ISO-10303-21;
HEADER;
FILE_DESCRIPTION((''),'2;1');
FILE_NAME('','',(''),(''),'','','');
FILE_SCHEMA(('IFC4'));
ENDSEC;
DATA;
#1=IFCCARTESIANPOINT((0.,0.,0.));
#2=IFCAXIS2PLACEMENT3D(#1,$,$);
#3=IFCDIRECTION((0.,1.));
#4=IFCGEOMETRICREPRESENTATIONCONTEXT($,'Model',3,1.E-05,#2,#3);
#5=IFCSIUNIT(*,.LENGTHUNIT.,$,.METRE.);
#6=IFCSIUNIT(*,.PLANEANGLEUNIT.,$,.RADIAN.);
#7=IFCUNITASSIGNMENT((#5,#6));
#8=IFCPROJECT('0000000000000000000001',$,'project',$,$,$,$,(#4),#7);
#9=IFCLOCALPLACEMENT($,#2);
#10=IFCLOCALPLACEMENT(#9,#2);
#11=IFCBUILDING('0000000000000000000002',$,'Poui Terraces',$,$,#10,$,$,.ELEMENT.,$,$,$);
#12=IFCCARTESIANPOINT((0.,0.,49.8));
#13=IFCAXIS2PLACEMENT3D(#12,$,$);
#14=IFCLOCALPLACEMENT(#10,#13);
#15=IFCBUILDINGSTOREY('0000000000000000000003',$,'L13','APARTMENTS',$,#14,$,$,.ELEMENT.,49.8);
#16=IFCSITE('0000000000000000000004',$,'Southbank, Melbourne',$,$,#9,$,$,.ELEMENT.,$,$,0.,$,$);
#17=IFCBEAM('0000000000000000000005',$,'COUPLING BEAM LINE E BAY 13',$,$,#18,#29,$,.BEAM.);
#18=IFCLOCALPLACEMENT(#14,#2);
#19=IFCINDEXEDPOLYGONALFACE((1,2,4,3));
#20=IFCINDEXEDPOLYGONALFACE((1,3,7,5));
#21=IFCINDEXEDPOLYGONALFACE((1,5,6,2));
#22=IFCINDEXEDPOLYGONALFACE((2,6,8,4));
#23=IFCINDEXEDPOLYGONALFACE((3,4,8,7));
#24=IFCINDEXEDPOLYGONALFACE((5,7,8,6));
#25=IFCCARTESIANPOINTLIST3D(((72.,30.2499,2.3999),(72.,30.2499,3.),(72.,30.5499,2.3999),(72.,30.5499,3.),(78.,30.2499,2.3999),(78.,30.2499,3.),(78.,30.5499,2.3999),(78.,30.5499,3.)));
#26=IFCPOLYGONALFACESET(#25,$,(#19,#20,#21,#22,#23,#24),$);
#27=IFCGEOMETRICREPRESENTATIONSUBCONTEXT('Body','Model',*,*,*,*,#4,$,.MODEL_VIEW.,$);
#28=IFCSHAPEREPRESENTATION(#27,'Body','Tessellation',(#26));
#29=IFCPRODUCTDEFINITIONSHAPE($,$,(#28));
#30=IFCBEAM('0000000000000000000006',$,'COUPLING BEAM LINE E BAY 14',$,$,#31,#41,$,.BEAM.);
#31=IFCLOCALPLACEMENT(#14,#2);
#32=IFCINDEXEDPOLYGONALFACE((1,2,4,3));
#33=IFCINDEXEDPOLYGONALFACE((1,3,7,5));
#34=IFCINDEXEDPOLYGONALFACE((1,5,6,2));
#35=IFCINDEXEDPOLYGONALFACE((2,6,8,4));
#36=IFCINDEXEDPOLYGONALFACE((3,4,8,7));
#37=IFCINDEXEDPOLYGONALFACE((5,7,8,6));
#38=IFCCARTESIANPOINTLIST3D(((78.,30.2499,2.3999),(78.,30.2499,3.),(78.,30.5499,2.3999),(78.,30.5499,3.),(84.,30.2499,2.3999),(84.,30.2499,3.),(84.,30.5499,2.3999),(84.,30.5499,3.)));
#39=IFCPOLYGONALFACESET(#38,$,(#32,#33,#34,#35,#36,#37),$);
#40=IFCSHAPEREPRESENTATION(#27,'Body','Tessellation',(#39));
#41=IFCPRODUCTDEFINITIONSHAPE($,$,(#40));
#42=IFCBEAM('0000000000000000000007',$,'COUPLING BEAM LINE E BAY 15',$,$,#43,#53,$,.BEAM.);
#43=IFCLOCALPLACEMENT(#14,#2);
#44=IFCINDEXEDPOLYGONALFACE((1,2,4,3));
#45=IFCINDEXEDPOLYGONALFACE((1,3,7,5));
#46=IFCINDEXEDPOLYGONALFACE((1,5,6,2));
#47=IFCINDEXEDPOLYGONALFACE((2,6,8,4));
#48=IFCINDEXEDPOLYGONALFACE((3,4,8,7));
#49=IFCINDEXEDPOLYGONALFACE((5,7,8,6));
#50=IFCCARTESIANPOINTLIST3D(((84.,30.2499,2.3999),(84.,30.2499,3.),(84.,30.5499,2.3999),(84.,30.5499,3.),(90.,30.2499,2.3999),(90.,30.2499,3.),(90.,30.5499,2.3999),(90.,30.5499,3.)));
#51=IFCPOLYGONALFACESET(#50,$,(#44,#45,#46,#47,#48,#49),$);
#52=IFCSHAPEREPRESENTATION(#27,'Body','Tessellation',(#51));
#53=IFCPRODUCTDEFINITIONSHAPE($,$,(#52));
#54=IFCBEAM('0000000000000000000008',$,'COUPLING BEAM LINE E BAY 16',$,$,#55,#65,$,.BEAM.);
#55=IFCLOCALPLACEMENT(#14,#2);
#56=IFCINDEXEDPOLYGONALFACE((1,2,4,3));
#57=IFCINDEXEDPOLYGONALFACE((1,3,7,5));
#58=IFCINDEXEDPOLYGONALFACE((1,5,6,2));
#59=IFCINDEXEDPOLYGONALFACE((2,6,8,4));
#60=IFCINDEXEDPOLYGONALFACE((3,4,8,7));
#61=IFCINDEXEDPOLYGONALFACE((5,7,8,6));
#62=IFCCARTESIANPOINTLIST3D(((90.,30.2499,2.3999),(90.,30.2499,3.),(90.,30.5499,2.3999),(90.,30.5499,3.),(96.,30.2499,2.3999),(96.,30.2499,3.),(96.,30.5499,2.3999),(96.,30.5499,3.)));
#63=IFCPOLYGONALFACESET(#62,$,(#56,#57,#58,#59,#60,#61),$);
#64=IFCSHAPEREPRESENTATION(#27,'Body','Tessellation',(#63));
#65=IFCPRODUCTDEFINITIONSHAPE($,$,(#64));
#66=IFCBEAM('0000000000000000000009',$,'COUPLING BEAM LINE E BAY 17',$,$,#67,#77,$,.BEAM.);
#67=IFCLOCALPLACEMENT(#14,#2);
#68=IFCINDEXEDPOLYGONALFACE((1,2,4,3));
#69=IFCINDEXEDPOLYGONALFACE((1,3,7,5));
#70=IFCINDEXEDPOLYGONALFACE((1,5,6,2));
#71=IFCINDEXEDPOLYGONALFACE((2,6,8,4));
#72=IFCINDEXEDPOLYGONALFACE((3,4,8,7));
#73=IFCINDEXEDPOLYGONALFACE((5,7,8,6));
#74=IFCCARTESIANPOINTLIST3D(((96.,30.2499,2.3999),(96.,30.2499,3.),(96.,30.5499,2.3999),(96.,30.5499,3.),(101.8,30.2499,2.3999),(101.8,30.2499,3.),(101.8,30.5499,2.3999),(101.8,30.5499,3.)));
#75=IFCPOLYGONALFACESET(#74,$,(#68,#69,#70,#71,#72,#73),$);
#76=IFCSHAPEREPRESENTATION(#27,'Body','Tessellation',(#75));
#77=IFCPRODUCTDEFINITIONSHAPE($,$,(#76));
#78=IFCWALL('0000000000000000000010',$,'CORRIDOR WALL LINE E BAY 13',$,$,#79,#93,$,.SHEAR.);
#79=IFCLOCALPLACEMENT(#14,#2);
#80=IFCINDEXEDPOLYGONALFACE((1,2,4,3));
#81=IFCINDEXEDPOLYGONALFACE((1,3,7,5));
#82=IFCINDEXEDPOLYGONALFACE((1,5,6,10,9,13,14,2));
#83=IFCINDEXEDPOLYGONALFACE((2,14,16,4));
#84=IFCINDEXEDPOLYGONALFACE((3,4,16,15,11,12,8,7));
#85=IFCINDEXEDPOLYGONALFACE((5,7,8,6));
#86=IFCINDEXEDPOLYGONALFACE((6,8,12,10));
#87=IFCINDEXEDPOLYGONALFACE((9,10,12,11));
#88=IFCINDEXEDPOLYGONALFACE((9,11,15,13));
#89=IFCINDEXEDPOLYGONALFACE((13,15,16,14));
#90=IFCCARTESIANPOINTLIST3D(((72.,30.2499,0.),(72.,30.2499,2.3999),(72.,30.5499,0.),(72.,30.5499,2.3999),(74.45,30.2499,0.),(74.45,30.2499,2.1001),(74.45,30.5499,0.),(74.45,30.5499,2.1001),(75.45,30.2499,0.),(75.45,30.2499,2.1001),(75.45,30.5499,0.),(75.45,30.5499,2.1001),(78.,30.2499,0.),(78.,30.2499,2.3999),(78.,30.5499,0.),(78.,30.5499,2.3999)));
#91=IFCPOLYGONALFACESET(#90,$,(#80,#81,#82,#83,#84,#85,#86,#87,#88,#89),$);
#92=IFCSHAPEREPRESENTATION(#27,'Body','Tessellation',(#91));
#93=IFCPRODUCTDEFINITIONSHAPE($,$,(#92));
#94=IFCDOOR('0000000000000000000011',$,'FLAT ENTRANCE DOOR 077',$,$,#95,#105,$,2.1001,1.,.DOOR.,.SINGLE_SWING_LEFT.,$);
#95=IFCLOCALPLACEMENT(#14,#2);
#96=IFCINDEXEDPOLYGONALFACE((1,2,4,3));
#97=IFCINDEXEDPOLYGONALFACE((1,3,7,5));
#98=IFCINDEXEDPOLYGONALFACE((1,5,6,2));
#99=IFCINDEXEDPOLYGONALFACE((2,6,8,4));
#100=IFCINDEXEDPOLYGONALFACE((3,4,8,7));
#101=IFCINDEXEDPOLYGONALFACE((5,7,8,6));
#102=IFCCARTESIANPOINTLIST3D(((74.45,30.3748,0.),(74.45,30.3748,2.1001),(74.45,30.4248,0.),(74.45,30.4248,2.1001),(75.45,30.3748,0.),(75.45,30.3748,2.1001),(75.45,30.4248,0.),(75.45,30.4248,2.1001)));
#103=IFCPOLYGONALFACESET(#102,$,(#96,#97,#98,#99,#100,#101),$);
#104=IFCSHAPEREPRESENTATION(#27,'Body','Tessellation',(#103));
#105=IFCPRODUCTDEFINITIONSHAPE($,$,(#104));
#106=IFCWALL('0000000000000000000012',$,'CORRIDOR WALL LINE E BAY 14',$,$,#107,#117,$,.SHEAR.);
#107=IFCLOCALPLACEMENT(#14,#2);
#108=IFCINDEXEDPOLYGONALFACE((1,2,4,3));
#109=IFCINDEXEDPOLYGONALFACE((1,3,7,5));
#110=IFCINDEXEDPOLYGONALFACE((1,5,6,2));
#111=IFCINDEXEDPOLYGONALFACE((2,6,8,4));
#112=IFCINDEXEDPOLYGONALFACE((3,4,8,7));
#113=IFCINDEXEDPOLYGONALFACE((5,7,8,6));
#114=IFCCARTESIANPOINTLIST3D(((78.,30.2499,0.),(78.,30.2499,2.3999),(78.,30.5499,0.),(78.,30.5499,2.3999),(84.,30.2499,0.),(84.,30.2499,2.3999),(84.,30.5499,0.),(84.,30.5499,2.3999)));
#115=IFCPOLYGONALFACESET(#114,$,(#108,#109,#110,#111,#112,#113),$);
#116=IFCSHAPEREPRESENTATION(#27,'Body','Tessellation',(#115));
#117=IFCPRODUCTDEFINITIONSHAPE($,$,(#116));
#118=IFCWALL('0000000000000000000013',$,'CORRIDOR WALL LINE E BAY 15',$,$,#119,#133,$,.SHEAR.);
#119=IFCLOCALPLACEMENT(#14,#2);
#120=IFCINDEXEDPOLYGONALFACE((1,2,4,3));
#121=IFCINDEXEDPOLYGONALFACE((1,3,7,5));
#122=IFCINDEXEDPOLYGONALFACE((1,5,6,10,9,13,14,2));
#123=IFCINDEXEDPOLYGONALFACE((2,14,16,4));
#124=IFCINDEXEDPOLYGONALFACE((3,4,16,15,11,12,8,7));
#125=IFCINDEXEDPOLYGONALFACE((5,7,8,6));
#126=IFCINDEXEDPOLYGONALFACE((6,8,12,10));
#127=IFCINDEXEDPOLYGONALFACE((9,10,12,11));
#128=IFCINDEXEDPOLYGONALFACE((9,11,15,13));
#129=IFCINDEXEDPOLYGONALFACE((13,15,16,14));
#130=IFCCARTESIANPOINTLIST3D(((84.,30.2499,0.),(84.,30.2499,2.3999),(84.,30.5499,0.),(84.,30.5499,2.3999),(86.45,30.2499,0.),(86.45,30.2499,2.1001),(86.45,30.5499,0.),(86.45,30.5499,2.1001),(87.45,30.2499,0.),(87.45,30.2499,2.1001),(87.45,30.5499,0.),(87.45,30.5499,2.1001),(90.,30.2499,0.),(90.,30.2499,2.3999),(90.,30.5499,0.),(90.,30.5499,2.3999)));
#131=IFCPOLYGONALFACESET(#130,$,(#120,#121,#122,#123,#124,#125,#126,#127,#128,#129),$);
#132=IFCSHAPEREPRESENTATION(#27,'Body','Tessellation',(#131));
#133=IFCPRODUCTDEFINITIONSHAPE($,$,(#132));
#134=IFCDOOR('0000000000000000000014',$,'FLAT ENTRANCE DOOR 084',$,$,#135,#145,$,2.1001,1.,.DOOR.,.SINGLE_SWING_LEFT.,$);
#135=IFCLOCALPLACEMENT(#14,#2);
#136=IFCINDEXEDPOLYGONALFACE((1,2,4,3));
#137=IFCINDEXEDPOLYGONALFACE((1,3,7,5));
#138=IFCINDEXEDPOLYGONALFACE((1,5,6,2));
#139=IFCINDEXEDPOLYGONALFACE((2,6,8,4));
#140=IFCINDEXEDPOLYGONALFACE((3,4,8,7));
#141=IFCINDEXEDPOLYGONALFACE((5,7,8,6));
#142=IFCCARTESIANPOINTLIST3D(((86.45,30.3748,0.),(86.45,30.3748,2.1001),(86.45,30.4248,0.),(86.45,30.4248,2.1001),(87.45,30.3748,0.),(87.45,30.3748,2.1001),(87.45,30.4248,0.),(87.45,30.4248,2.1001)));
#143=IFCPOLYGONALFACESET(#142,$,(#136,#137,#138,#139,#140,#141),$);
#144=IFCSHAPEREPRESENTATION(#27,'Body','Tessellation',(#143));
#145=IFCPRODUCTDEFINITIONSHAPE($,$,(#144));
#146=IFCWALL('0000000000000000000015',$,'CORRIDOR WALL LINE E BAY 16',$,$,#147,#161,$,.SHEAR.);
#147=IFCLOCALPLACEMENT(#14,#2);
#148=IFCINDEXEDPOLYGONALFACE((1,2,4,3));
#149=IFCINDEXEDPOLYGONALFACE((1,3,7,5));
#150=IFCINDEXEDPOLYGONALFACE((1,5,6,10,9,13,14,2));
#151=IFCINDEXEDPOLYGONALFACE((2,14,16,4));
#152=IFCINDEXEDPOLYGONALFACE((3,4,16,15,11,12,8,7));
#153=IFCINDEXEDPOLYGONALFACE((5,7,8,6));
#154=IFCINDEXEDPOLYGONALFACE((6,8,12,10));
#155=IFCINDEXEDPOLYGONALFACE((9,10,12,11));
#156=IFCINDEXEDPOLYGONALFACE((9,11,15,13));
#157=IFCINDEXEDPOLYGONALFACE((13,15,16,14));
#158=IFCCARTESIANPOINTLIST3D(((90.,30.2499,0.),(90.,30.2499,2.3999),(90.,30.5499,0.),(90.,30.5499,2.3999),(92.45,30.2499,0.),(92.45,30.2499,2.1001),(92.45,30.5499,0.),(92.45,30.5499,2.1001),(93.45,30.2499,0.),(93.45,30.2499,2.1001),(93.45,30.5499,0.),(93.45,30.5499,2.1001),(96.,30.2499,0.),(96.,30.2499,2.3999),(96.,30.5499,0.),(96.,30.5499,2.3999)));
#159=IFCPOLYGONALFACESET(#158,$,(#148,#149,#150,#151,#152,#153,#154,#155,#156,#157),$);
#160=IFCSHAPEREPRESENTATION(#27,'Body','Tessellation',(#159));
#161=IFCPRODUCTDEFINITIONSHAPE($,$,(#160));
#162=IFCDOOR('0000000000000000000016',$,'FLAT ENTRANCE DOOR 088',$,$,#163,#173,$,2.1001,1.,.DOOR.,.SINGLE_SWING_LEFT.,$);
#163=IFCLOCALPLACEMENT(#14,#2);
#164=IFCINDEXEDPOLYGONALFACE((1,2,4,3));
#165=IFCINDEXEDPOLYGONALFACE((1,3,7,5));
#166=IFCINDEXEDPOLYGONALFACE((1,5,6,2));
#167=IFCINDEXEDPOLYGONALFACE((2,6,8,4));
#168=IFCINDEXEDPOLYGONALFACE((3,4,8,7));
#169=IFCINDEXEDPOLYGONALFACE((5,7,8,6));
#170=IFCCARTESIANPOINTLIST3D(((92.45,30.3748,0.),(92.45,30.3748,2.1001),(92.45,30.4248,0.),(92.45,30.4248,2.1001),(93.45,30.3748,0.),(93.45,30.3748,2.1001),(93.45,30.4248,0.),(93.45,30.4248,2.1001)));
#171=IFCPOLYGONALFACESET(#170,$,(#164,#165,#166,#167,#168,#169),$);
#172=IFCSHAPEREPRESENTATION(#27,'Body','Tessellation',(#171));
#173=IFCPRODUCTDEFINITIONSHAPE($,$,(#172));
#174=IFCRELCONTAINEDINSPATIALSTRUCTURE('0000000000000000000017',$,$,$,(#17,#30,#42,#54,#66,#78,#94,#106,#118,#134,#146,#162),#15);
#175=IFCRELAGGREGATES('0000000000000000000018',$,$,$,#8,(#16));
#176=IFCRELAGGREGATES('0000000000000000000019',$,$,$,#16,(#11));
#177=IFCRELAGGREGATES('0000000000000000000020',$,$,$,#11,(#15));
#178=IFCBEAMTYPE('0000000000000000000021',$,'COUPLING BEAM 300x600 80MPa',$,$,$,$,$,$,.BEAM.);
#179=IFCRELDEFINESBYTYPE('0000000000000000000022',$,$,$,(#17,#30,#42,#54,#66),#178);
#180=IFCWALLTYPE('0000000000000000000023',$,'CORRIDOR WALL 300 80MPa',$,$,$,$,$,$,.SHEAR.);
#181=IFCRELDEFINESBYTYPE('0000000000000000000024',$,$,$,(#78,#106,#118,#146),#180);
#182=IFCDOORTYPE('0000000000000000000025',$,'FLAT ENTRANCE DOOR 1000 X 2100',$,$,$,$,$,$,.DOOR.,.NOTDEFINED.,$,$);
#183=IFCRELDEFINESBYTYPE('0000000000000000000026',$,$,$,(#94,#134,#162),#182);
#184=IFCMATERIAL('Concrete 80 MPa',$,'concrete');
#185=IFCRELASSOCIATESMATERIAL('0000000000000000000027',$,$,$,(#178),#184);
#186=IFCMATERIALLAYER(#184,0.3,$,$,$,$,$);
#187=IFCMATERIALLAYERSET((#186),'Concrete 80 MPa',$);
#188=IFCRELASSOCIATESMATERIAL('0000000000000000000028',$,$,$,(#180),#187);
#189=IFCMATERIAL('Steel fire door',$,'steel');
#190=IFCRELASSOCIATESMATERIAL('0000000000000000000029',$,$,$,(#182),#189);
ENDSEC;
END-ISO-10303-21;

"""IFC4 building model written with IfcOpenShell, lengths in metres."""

from ifc_helpers import new_model, si_unit, direction, frame, frame_2d, origin, origin_2d, place, context, subcontext, project, spatial, rectangle, extrude, source, transform, mapped, material, layer, layer_set, material_profile, profile_set, type_object, element, fill, save


model = new_model("IFC4")

# Units and contexts
model_context = context("Model", 3, precision=1e-05, world=origin(), true_north=direction((0.0, 1.0)))
body_context = subcontext(model_context, "Body", "Model", "MODEL_VIEW")
ifc_project = project(units=[si_unit("LENGTHUNIT", "METRE"), si_unit("PLANEANGLEUNIT", "RADIAN")], contexts=[model_context])

# Site, building, storey
site_placement = place(None, origin())
site = spatial("IfcSite", under=ifc_project, at=site_placement, Name="Southbank, Melbourne", CompositionType="ELEMENT", RefElevation=0.0)
building_placement = place(site_placement, origin())
building = spatial("IfcBuilding", under=site, at=building_placement, Name="Poui Terraces", CompositionType="ELEMENT")
storey_placement = place(building_placement, frame((0.0, 0.0, 49.8)))
storey = spatial("IfcBuildingStorey", under=building, at=storey_placement, Name="L13", Description="APARTMENTS", CompositionType="ELEMENT", Elevation=49.8)

# Beams
ifc_material_1 = material(Name="Concrete 80 MPa", Category="concrete")
ifc_material_profile = material_profile(ifc_material_1, rectangle(XDim=0.3, YDim=0.6001, at=origin_2d()), Name="RC 300x600")
ifc_profile_set = profile_set([ifc_material_profile], Name="Concrete 80 MPa")
beam_type = type_object("IfcBeamType", Name="COUPLING BEAM 300x600 80MPa", PredefinedType="BEAM", material=ifc_profile_set)
shared_shape_1 = source(origin(), body_context, "Body", "SweptSolid", [
    extrude(rectangle(XDim=0.3, YDim=0.6001, at=origin_2d()), origin(), (0.0, 0.0, 1.0), 6.0),
])
for number, where, z_axis, x_axis, name in (
    (1, (72.0, 30.3999, 2.7), (1.0, 0.0, 0.0), (0.0, 1.0, 0.0), "COUPLING BEAM LINE E BAY 13"),
    (2, (78.0, 30.3999, 2.7), (1.0, 0.0, 0.0), (0.0, 1.0, 0.0), "COUPLING BEAM LINE E BAY 14"),
    (3, (84.0, 30.3999, 2.7), (1.0, 0.0, 0.0), (0.0, 1.0, 0.0), "COUPLING BEAM LINE E BAY 15"),
    (4, (90.0, 30.3999, 2.7), (1.0, 0.0, 0.0), (0.0, 1.0, 0.0), "COUPLING BEAM LINE E BAY 16"),
):
    element("IfcBeam", number, at=place(storey_placement, frame(where, z_axis=z_axis, x_axis=x_axis)), inside=storey, type_object=beam_type, Name=name, PredefinedType="BEAM", context=body_context, shape_type="MappedRepresentation", body=[
        mapped(shared_shape_1, transform((0.0, 0.0, 0.0))),
    ])
shared_shape_2 = source(origin(), body_context, "Body", "SweptSolid", [
    extrude(rectangle(XDim=0.3, YDim=0.6001, at=origin_2d()), origin(), (0.0, 0.0, 1.0), 5.8),
])
beam_placement = place(storey_placement, frame((96.0, 30.3999, 2.7), z_axis=(1.0, 0.0, 0.0), x_axis=(0.0, 1.0, 0.0)))
element("IfcBeam", 5, at=beam_placement, inside=storey, type_object=beam_type, Name="COUPLING BEAM LINE E BAY 17", PredefinedType="BEAM", context=body_context, shape_type="MappedRepresentation", body=[
    mapped(shared_shape_2, transform((0.0, 0.0, 0.0))),
])

# Wall, opening, door
ifc_layer_1 = layer(ifc_material_1, 0.3)
ifc_layer_set_1 = layer_set([ifc_layer_1], Name="Concrete 80 MPa")
wall_type_1 = type_object("IfcWallType", Name="CORRIDOR WALL 300 80MPa", PredefinedType="SHEAR", material=ifc_layer_set_1)
wall_1_placement = place(storey_placement, frame((72.0, 30.3999, 0.0), z_axis=(0.0, 0.0, 1.0), x_axis=(1.0, 0.0, 0.0)))
wall_1 = element("IfcWall", 6, at=wall_1_placement, inside=storey, type_object=wall_type_1, Name="CORRIDOR WALL LINE E BAY 13", PredefinedType="SHEAR", context=body_context, shape_type="SweptSolid", body=[
    extrude(rectangle(XDim=6.0, YDim=0.3, at=frame_2d((3.0, 0.0))), origin(), (0.0, 0.0, 1.0), 2.3999),
])
opening_1_placement = place(wall_1_placement, frame((2.45, 0.0, 0.0)))
opening_1 = element("IfcOpeningElement", 7, at=opening_1_placement, cuts=wall_1, PredefinedType="OPENING", context=body_context, shape_type="SweptSolid", body=[
    extrude(rectangle(XDim=1.0, YDim=2.1001, at=frame_2d((0.5, 1.05))), frame((0.0, 0.1602, 0.0), z_axis=(0.0, -1.0, 0.0), x_axis=(1.0, 0.0, 0.0)), (0.0, 0.0, 1.0), 0.3201),
])
ifc_material_2 = material(Name="Steel fire door", Category="steel")
door_type_1 = type_object("IfcDoorType", Name="FLAT ENTRANCE DOOR 1000 X 2100", OperationType="NOTDEFINED", PredefinedType="DOOR", material=ifc_material_2)
door_1_placement = place(opening_1_placement, origin())
door_1 = element("IfcDoor", 8, at=door_1_placement, inside=storey, type_object=door_type_1, Name="FLAT ENTRANCE DOOR 077", OperationType="SINGLE_SWING_LEFT", OverallHeight=2.1001, OverallWidth=1.0, PredefinedType="DOOR", context=body_context, shape_type="SweptSolid", body=[
    extrude(rectangle(XDim=1.0, YDim=2.1001, at=frame_2d((0.5, 1.05))), frame((0.0, 0.0249, 0.0), z_axis=(0.0, -1.0, 0.0), x_axis=(1.0, 0.0, 0.0)), (0.0, 0.0, 1.0), 0.05),
])
fill(opening_1, door_1)

# Wall
wall_2_placement = place(storey_placement, frame((78.0, 30.3999, 0.0), z_axis=(0.0, 0.0, 1.0), x_axis=(1.0, 0.0, 0.0)))
element("IfcWall", 9, at=wall_2_placement, inside=storey, type_object=wall_type_1, Name="CORRIDOR WALL LINE E BAY 14", PredefinedType="SHEAR", context=body_context, shape_type="SweptSolid", body=[
    extrude(rectangle(XDim=6.0, YDim=0.3, at=frame_2d((3.0, 0.0))), origin(), (0.0, 0.0, 1.0), 2.3999),
])

# Walls, openings, doors
wall_3_placement = place(storey_placement, frame((84.0, 30.3999, 0.0), z_axis=(0.0, 0.0, 1.0), x_axis=(1.0, 0.0, 0.0)))
wall_3 = element("IfcWall", 10, at=wall_3_placement, inside=storey, type_object=wall_type_1, Name="CORRIDOR WALL LINE E BAY 15", PredefinedType="SHEAR", context=body_context, shape_type="SweptSolid", body=[
    extrude(rectangle(XDim=6.0, YDim=0.3, at=frame_2d((3.0, 0.0))), origin(), (0.0, 0.0, 1.0), 2.3999),
])
opening_2_placement = place(wall_3_placement, frame((2.45, 0.0, 0.0)))
opening_2 = element("IfcOpeningElement", 11, at=opening_2_placement, cuts=wall_3, PredefinedType="OPENING", context=body_context, shape_type="SweptSolid", body=[
    extrude(rectangle(XDim=1.0, YDim=2.1001, at=frame_2d((0.5, 1.05))), frame((0.0, 0.1602, 0.0), z_axis=(0.0, -1.0, 0.0), x_axis=(1.0, 0.0, 0.0)), (0.0, 0.0, 1.0), 0.3201),
])
door_2_placement = place(opening_2_placement, origin())
door_2 = element("IfcDoor", 12, at=door_2_placement, inside=storey, type_object=door_type_1, Name="FLAT ENTRANCE DOOR 084", OperationType="SINGLE_SWING_LEFT", OverallHeight=2.1001, OverallWidth=1.0, PredefinedType="DOOR", context=body_context, shape_type="SweptSolid", body=[
    extrude(rectangle(XDim=1.0, YDim=2.1001, at=frame_2d((0.5, 1.05))), frame((0.0, 0.0249, 0.0), z_axis=(0.0, -1.0, 0.0), x_axis=(1.0, 0.0, 0.0)), (0.0, 0.0, 1.0), 0.05),
])
fill(opening_2, door_2)
wall_4_placement = place(storey_placement, frame((90.0, 30.3999, 0.0), z_axis=(0.0, 0.0, 1.0), x_axis=(1.0, 0.0, 0.0)))
wall_4 = element("IfcWall", 13, at=wall_4_placement, inside=storey, type_object=wall_type_1, Name="CORRIDOR WALL LINE E BAY 16", PredefinedType="SHEAR", context=body_context, shape_type="SweptSolid", body=[
    extrude(rectangle(XDim=6.0, YDim=0.3, at=frame_2d((3.0, 0.0))), origin(), (0.0, 0.0, 1.0), 2.3999),
])
opening_3_placement = place(wall_4_placement, frame((2.45, 0.0, 0.0)))
opening_3 = element("IfcOpeningElement", 14, at=opening_3_placement, cuts=wall_4, PredefinedType="OPENING", context=body_context, shape_type="SweptSolid", body=[
    extrude(rectangle(XDim=1.0, YDim=2.1001, at=frame_2d((0.5, 1.05))), frame((0.0, 0.1602, 0.0), z_axis=(0.0, -1.0, 0.0), x_axis=(1.0, 0.0, 0.0)), (0.0, 0.0, 1.0), 0.3201),
])
door_3_placement = place(opening_3_placement, origin())
door_3 = element("IfcDoor", 15, at=door_3_placement, inside=storey, type_object=door_type_1, Name="FLAT ENTRANCE DOOR 088", OperationType="SINGLE_SWING_LEFT", OverallHeight=2.1001, OverallWidth=1.0, PredefinedType="DOOR", context=body_context, shape_type="SweptSolid", body=[
    extrude(rectangle(XDim=1.0, YDim=2.1001, at=frame_2d((0.5, 1.05))), frame((0.0, 0.0249, 0.0), z_axis=(0.0, -1.0, 0.0), x_axis=(1.0, 0.0, 0.0)), (0.0, 0.0, 1.0), 0.05),
])
fill(opening_3, door_3)

save(model, "model.ifc")
